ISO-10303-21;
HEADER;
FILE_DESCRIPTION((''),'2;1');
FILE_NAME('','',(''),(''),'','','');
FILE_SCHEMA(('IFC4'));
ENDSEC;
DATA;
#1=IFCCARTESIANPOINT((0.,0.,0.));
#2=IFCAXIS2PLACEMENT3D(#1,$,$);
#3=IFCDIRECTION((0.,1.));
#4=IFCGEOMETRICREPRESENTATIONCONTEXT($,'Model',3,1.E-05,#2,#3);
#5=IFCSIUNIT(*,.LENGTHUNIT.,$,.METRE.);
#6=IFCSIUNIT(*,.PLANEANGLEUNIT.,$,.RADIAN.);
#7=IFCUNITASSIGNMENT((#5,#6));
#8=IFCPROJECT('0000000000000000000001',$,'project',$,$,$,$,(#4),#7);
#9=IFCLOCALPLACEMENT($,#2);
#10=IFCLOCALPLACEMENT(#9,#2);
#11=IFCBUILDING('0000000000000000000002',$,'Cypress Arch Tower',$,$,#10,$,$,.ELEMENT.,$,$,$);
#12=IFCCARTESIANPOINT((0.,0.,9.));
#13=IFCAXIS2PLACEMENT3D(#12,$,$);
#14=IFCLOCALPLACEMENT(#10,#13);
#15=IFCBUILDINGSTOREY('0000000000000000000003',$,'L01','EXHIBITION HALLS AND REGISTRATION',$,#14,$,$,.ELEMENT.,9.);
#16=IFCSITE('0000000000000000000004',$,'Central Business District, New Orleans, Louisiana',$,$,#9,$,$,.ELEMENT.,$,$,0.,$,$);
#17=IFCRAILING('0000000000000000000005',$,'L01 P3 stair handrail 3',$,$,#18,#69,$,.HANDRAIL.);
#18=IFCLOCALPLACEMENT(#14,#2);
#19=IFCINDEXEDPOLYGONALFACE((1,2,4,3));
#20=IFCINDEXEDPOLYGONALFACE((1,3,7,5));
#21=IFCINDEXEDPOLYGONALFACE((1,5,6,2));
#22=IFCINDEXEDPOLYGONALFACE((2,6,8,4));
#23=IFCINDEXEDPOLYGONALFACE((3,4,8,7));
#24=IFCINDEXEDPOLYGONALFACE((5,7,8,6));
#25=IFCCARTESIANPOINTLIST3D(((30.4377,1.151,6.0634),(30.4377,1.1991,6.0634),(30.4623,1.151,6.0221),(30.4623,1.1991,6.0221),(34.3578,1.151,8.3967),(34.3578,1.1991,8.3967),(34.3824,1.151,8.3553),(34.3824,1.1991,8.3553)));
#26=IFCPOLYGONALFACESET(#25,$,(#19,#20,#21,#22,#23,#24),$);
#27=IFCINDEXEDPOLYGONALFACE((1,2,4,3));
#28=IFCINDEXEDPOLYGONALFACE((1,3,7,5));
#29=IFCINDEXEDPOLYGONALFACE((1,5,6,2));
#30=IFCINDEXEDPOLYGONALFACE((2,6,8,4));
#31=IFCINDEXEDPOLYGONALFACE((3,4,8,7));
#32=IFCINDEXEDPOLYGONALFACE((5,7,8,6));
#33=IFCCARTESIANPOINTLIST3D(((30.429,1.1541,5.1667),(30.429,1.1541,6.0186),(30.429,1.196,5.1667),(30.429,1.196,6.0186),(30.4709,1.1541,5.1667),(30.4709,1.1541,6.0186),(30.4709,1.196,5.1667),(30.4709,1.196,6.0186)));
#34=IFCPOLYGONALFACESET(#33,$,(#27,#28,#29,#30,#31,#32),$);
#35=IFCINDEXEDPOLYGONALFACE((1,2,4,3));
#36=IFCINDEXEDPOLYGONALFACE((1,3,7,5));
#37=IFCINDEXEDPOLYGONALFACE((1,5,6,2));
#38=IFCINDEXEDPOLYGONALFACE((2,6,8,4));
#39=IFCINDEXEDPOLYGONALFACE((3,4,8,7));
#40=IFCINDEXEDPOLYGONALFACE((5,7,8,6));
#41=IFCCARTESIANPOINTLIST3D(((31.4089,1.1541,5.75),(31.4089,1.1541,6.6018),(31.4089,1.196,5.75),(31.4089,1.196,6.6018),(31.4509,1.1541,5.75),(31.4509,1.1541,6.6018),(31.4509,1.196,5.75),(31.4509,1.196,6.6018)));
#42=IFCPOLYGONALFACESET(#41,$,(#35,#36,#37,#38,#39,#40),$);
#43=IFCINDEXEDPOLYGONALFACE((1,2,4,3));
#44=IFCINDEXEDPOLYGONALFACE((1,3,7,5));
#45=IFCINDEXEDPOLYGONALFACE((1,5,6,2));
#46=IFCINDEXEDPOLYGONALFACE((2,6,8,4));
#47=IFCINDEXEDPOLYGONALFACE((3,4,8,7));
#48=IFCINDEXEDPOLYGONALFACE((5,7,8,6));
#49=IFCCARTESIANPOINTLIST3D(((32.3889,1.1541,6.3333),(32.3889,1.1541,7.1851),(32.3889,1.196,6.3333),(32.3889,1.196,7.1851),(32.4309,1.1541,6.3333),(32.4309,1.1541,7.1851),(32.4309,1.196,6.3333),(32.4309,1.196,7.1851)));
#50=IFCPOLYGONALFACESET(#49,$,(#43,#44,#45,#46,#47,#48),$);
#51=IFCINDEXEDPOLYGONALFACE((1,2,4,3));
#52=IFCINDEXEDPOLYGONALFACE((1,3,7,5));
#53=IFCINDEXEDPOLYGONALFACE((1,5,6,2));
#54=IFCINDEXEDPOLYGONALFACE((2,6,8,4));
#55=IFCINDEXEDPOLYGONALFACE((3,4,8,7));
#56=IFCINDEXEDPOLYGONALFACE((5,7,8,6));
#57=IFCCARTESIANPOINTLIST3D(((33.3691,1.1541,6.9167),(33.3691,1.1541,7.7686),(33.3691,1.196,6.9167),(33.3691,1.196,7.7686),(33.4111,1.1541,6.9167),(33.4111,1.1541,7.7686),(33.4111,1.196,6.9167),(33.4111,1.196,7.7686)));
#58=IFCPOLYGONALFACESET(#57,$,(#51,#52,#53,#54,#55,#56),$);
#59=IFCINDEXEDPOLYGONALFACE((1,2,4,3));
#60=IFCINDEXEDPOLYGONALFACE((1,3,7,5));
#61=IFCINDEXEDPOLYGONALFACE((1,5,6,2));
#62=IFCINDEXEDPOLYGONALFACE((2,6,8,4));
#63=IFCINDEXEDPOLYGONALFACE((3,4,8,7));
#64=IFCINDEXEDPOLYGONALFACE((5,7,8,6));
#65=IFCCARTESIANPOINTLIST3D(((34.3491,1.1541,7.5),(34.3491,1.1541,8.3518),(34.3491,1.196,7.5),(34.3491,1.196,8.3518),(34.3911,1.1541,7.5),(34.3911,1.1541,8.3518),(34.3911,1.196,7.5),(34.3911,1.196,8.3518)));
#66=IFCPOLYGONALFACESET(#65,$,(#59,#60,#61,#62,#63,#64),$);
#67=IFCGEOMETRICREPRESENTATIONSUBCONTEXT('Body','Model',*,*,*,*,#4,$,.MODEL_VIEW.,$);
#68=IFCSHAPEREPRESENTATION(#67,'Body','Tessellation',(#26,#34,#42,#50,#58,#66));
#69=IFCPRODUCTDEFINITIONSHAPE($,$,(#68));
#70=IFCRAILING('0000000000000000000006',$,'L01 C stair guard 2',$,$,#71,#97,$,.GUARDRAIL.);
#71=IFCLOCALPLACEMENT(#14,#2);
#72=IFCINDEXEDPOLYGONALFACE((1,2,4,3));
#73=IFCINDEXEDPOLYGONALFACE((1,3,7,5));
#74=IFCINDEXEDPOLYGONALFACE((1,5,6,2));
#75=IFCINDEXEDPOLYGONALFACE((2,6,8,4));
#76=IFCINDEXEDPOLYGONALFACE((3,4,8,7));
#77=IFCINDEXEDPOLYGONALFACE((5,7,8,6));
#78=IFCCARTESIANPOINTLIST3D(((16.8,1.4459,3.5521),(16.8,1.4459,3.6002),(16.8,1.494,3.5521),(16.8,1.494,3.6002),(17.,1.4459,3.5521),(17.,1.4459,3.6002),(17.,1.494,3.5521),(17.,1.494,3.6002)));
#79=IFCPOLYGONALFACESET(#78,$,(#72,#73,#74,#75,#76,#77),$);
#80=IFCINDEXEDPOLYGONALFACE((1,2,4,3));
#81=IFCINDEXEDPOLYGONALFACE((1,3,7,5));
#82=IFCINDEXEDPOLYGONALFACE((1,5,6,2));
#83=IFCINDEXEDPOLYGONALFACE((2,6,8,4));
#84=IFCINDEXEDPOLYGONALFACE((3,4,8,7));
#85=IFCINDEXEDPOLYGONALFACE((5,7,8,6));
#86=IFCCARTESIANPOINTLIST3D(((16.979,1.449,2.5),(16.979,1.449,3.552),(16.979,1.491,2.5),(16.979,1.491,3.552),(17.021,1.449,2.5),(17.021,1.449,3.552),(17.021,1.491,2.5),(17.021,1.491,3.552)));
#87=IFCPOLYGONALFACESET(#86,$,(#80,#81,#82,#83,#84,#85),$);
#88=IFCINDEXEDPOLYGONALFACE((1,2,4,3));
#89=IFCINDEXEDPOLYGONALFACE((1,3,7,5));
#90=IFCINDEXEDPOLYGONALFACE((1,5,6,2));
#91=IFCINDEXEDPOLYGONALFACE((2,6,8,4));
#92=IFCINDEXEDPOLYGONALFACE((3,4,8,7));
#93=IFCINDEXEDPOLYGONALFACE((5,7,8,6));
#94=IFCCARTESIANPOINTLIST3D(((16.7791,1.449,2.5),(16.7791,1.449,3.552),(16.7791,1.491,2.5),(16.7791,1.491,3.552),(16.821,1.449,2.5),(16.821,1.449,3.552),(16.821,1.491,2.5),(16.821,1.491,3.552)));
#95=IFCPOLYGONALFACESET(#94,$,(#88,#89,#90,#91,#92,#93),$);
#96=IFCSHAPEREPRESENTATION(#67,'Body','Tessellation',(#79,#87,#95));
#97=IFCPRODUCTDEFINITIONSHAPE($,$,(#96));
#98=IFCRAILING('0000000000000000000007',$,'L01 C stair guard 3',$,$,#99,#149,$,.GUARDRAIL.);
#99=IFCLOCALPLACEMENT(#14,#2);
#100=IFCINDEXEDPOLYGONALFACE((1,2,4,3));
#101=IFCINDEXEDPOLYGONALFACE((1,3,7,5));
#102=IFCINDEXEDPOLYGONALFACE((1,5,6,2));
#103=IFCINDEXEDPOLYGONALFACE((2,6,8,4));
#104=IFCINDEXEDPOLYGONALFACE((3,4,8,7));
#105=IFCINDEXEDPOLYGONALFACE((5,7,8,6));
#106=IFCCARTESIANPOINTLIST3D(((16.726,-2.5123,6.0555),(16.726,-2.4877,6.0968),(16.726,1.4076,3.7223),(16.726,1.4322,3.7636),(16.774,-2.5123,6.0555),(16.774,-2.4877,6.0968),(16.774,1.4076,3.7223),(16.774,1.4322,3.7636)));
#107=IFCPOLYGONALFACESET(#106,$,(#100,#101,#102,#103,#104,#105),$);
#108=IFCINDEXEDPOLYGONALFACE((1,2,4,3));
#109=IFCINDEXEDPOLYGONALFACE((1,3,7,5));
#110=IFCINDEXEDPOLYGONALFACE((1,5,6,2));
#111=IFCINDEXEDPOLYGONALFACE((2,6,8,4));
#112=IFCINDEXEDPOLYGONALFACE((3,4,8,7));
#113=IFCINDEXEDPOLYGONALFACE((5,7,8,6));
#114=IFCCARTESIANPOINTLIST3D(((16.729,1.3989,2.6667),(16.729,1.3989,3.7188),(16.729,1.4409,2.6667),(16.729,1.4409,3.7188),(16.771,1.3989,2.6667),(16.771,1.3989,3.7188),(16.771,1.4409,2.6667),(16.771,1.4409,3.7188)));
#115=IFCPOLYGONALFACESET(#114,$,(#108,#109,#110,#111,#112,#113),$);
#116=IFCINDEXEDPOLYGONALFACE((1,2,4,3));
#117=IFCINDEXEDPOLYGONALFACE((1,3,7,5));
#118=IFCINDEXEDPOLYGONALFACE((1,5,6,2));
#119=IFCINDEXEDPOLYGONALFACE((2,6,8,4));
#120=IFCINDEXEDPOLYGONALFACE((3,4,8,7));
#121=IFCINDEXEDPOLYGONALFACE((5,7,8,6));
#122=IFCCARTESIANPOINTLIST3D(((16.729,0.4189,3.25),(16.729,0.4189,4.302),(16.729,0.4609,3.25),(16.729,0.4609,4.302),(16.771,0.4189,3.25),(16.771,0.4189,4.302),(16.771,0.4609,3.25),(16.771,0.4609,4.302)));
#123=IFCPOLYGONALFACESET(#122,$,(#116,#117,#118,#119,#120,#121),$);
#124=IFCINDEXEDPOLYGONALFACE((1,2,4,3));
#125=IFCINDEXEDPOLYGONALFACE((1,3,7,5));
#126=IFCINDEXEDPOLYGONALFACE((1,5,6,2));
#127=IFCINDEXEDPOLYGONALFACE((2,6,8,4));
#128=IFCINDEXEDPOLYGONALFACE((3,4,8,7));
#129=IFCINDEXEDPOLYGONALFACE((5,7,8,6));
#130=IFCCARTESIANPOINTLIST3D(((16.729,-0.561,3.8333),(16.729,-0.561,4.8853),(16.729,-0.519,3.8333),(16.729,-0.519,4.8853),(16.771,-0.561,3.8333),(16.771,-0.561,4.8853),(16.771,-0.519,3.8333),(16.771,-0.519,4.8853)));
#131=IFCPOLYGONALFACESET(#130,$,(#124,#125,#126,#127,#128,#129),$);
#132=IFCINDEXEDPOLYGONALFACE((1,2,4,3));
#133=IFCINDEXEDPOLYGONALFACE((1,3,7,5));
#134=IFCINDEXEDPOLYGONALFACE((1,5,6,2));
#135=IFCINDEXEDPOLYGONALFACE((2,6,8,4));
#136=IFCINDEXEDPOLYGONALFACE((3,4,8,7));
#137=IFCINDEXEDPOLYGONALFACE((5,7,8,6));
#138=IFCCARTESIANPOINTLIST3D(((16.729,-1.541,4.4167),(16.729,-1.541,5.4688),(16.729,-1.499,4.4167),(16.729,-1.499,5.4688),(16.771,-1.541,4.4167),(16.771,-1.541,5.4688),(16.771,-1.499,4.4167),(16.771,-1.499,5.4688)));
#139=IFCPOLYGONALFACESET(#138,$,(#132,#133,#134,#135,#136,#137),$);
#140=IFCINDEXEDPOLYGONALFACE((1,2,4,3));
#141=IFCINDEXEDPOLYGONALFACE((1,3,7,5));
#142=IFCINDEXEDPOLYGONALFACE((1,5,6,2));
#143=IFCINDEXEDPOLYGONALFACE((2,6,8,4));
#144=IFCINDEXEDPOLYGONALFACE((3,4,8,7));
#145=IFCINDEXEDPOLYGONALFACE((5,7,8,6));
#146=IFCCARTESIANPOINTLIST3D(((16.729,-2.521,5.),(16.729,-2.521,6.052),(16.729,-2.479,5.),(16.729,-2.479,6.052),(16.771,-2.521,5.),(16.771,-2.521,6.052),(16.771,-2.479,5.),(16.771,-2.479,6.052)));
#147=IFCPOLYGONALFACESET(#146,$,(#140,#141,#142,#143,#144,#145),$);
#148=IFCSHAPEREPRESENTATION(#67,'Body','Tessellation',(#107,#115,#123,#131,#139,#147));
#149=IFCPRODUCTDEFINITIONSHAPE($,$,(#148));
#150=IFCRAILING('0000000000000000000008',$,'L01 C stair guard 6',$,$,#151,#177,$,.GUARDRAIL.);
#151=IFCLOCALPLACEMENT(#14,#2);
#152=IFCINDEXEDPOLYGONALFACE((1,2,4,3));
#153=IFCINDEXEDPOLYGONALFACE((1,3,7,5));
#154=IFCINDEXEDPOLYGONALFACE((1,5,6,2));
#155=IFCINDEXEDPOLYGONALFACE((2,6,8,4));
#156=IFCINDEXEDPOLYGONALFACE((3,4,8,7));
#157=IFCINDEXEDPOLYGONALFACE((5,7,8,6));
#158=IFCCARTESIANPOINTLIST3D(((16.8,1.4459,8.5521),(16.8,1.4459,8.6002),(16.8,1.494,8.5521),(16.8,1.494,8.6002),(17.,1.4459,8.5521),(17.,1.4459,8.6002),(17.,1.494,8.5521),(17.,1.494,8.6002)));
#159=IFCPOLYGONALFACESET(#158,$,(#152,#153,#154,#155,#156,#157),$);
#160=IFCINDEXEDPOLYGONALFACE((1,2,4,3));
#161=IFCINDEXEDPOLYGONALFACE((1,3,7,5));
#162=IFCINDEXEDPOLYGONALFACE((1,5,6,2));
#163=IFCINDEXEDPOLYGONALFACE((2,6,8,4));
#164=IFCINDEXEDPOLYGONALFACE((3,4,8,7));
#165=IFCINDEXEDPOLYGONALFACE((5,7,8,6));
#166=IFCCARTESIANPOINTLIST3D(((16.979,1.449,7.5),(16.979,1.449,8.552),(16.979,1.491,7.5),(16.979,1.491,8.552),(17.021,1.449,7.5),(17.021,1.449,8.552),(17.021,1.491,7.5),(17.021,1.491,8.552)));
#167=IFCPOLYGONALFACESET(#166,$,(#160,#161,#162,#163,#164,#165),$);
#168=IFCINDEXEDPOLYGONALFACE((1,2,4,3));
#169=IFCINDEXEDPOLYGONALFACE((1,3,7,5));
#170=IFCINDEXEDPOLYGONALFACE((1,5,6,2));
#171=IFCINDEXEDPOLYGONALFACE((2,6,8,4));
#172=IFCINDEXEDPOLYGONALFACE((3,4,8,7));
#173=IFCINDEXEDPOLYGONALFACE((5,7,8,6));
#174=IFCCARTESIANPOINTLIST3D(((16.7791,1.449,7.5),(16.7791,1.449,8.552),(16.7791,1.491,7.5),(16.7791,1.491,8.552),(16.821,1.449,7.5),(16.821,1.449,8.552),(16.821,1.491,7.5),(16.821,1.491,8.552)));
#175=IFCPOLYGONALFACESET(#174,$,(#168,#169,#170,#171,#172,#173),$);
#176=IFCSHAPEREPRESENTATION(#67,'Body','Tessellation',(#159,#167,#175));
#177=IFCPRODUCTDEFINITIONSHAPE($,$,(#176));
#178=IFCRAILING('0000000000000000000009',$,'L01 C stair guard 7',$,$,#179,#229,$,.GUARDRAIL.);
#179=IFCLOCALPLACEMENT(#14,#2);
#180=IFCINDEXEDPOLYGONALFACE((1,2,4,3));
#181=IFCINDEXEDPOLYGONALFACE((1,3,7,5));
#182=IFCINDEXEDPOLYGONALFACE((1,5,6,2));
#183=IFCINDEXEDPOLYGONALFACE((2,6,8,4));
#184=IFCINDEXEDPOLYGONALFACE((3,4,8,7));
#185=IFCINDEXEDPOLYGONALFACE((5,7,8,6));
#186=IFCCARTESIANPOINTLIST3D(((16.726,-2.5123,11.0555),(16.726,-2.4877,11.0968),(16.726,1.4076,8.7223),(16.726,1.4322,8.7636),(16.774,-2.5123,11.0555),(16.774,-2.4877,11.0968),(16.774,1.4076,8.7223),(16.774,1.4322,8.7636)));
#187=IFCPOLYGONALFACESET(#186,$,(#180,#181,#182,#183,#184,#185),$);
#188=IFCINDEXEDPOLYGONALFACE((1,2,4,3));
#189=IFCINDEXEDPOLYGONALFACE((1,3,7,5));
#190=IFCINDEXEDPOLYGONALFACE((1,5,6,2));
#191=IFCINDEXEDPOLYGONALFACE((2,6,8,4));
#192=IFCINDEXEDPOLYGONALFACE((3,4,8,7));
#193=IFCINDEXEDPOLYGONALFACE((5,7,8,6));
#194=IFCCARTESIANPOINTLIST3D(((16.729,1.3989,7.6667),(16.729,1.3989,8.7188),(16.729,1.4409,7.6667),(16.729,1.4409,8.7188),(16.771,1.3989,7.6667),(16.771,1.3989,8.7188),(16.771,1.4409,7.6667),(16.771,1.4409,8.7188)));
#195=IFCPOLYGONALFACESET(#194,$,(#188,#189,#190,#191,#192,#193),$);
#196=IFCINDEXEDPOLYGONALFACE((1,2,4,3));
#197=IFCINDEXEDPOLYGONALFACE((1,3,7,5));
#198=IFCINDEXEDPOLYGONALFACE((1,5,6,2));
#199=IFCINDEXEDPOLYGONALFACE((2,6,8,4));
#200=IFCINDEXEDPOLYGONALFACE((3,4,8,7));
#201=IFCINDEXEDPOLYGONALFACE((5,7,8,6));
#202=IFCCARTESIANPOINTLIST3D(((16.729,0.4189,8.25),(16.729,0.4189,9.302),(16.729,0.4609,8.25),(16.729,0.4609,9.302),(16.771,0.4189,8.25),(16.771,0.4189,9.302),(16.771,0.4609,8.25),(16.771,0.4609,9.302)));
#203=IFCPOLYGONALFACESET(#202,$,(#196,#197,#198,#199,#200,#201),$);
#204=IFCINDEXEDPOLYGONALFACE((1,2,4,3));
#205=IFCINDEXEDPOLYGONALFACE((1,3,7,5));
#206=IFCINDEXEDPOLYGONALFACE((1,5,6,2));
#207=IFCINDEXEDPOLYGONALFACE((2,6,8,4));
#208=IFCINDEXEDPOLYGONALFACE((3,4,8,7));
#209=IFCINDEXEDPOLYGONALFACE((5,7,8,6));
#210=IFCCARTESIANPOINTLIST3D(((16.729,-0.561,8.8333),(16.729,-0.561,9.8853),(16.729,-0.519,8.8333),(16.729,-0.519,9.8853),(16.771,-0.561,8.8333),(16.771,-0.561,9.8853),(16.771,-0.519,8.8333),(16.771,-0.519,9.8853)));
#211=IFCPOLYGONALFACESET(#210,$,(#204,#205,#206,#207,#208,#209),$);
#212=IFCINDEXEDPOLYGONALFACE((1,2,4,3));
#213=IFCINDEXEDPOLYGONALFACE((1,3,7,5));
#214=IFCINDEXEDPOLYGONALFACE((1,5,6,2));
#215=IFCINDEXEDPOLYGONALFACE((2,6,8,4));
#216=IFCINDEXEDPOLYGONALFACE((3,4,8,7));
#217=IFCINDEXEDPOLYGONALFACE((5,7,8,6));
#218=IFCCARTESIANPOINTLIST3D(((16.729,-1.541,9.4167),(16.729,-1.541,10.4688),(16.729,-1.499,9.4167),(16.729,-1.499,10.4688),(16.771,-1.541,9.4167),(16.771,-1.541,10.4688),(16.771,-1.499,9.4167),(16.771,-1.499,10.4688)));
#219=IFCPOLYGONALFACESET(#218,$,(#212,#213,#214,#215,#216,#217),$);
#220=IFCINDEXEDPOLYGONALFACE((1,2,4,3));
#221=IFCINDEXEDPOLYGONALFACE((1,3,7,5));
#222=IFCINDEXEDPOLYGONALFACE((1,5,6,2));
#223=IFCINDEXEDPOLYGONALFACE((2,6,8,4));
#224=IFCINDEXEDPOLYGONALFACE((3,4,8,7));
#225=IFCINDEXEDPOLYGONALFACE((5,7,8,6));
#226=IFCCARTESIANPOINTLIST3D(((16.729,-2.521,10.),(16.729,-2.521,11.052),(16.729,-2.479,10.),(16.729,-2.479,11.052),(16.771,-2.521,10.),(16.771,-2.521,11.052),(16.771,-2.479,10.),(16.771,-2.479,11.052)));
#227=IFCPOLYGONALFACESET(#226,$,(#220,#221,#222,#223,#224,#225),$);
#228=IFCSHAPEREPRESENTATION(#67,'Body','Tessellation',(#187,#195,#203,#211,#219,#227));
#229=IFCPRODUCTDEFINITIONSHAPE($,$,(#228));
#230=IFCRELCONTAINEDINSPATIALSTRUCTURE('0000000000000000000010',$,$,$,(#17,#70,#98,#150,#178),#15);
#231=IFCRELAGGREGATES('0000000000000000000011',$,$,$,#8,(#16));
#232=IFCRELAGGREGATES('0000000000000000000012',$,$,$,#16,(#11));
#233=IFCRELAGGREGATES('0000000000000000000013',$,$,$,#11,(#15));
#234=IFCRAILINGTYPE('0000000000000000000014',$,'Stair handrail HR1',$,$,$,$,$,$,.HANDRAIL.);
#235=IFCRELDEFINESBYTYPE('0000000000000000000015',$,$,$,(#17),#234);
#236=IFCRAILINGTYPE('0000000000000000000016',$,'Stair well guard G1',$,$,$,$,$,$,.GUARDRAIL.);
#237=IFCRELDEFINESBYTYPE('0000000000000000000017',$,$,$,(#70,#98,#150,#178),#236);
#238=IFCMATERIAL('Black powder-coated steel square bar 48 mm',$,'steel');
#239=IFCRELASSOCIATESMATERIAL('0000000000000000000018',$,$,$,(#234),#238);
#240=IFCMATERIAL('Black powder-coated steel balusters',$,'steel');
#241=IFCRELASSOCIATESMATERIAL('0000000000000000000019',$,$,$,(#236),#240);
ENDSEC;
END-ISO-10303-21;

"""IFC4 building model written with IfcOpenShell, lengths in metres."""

from ifc_helpers import new_model, si_unit, direction, frame, origin, origin_2d, place, context, subcontext, project, spatial, rectangle, extrude, material, type_object, element, save


model = new_model("IFC4")

# Units and contexts
model_context = context("Model", 3, precision=1e-05, world=origin(), true_north=direction((0.0, 1.0)))
body_context = subcontext(model_context, "Body", "Model", "MODEL_VIEW")
ifc_project = project(units=[si_unit("LENGTHUNIT", "METRE"), si_unit("PLANEANGLEUNIT", "RADIAN")], contexts=[model_context])

# Site, building, storey
site_placement = place(None, origin())
site = spatial("IfcSite", under=ifc_project, at=site_placement, Name="Central Business District, New Orleans, Louisiana", CompositionType="ELEMENT", RefElevation=0.0)
building_placement = place(site_placement, origin())
building = spatial("IfcBuilding", under=site, at=building_placement, Name="Cypress Arch Tower", CompositionType="ELEMENT")
storey_placement = place(building_placement, frame((0.0, 0.0, 9.0)))
storey = spatial("IfcBuildingStorey", under=building, at=storey_placement, Name="L01", Description="EXHIBITION HALLS AND REGISTRATION", CompositionType="ELEMENT", Elevation=9.0)

# Railings
ifc_material_1 = material(Name="Black powder-coated steel square bar 48 mm", Category="steel")
railing_type_1 = type_object("IfcRailingType", Name="Stair handrail HR1", PredefinedType="HANDRAIL", material=ifc_material_1)
for number, where, name in (
    (1, (30.45, 1.175, 5.1667), "L01 P3 stair handrail 3"),
):
    element("IfcRailing", number, at=place(storey_placement, frame(where)), inside=storey, type_object=railing_type_1, Name=name, PredefinedType="HANDRAIL", context=body_context, shape_type="SweptSolid", body=[
        extrude(rectangle(XDim=0.0481, YDim=0.0481, at=origin_2d()), frame((0.0, 0.0, 0.876), z_axis=(0.85931, 0.0, 0.511455), x_axis=(0.0, 1.0, 0.0)), (0.0, 0.0, 1.0), 4.562),
        extrude(rectangle(XDim=0.042, YDim=0.042, at=origin_2d()), origin(), (0.0, 0.0, 1.0), 0.8518),
        extrude(rectangle(XDim=0.042, YDim=0.042, at=origin_2d()), frame((0.98, 0.0, 0.5833)), (0.0, 0.0, 1.0), 0.8518),
        extrude(rectangle(XDim=0.042, YDim=0.042, at=origin_2d()), frame((1.96, 0.0, 1.1665)), (0.0, 0.0, 1.0), 0.8518),
        extrude(rectangle(XDim=0.042, YDim=0.042, at=origin_2d()), frame((2.9402, 0.0, 1.75)), (0.0, 0.0, 1.0), 0.8518),
        extrude(rectangle(XDim=0.042, YDim=0.042, at=origin_2d()), frame((3.9202, 0.0, 2.3333)), (0.0, 0.0, 1.0), 0.8518),
    ])
ifc_material_2 = material(Name="Black powder-coated steel balusters", Category="steel")
railing_type_2 = type_object("IfcRailingType", Name="Stair well guard G1", PredefinedType="GUARDRAIL", material=ifc_material_2)
railing_1_placement = place(storey_placement, frame((17.0, 1.47, 2.5)))
element("IfcRailing", 2, at=railing_1_placement, inside=storey, type_object=railing_type_2, Name="L01 C stair guard 2", PredefinedType="GUARDRAIL", context=body_context, shape_type="SweptSolid", body=[
    extrude(rectangle(XDim=0.0481, YDim=0.0481, at=origin_2d()), frame((0.0, 0.0, 1.0762), z_axis=(-1.0, 0.0, 0.0), x_axis=(0.0, -1.0, 0.0)), (0.0, 0.0, 1.0), 0.2),
    extrude(rectangle(XDim=0.042, YDim=0.042, at=origin_2d()), origin(), (0.0, 0.0, 1.0), 1.052),
    extrude(rectangle(XDim=0.042, YDim=0.042, at=origin_2d()), frame((-0.2, 0.0, 0.0)), (0.0, 0.0, 1.0), 1.052),
])
railing_2_placement = place(storey_placement, frame((16.75, 1.4199, 2.6667)))
element("IfcRailing", 3, at=railing_2_placement, inside=storey, type_object=railing_type_2, Name="L01 C stair guard 3", PredefinedType="GUARDRAIL", context=body_context, shape_type="SweptSolid", body=[
    extrude(rectangle(XDim=0.0481, YDim=0.0481, at=origin_2d()), frame((0.0, 0.0, 1.0762), z_axis=(0.0, -0.859296, 0.511478), x_axis=(1.0, 0.0, 0.0)), (0.0, 0.0, 1.0), 4.5618),
    extrude(rectangle(XDim=0.042, YDim=0.042, at=origin_2d()), origin(), (0.0, 0.0, 1.0), 1.052),
    extrude(rectangle(XDim=0.042, YDim=0.042, at=origin_2d()), frame((0.0, -0.98, 0.5833)), (0.0, 0.0, 1.0), 1.052),
    extrude(rectangle(XDim=0.042, YDim=0.042, at=origin_2d()), frame((0.0, -1.96, 1.1665)), (0.0, 0.0, 1.0), 1.052),
    extrude(rectangle(XDim=0.042, YDim=0.042, at=origin_2d()), frame((0.0, -2.9399, 1.75)), (0.0, 0.0, 1.0), 1.052),
    extrude(rectangle(XDim=0.042, YDim=0.042, at=origin_2d()), frame((0.0, -3.9199, 2.3333)), (0.0, 0.0, 1.0), 1.052),
])
railing_3_placement = place(storey_placement, frame((17.0, 1.47, 7.5)))
element("IfcRailing", 4, at=railing_3_placement, inside=storey, type_object=railing_type_2, Name="L01 C stair guard 6", PredefinedType="GUARDRAIL", context=body_context, shape_type="SweptSolid", body=[
    extrude(rectangle(XDim=0.0481, YDim=0.0481, at=origin_2d()), frame((0.0, 0.0, 1.0762), z_axis=(-1.0, 0.0, 0.0), x_axis=(0.0, -1.0, 0.0)), (0.0, 0.0, 1.0), 0.2),
    extrude(rectangle(XDim=0.042, YDim=0.042, at=origin_2d()), origin(), (0.0, 0.0, 1.0), 1.052),
    extrude(rectangle(XDim=0.042, YDim=0.042, at=origin_2d()), frame((-0.2, 0.0, 0.0)), (0.0, 0.0, 1.0), 1.052),
])
railing_4_placement = place(storey_placement, frame((16.75, 1.4199, 7.6667)))
element("IfcRailing", 5, at=railing_4_placement, inside=storey, type_object=railing_type_2, Name="L01 C stair guard 7", PredefinedType="GUARDRAIL", context=body_context, shape_type="SweptSolid", body=[
    extrude(rectangle(XDim=0.0481, YDim=0.0481, at=origin_2d()), frame((0.0, 0.0, 1.0762), z_axis=(0.0, -0.859296, 0.511478), x_axis=(1.0, 0.0, 0.0)), (0.0, 0.0, 1.0), 4.5618),
    extrude(rectangle(XDim=0.042, YDim=0.042, at=origin_2d()), origin(), (0.0, 0.0, 1.0), 1.052),
    extrude(rectangle(XDim=0.042, YDim=0.042, at=origin_2d()), frame((0.0, -0.98, 0.5833)), (0.0, 0.0, 1.0), 1.052),
    extrude(rectangle(XDim=0.042, YDim=0.042, at=origin_2d()), frame((0.0, -1.96, 1.1665)), (0.0, 0.0, 1.0), 1.052),
    extrude(rectangle(XDim=0.042, YDim=0.042, at=origin_2d()), frame((0.0, -2.9399, 1.75)), (0.0, 0.0, 1.0), 1.052),
    extrude(rectangle(XDim=0.042, YDim=0.042, at=origin_2d()), frame((0.0, -3.9199, 2.3333)), (0.0, 0.0, 1.0), 1.052),
])

save(model, "model.ifc")
